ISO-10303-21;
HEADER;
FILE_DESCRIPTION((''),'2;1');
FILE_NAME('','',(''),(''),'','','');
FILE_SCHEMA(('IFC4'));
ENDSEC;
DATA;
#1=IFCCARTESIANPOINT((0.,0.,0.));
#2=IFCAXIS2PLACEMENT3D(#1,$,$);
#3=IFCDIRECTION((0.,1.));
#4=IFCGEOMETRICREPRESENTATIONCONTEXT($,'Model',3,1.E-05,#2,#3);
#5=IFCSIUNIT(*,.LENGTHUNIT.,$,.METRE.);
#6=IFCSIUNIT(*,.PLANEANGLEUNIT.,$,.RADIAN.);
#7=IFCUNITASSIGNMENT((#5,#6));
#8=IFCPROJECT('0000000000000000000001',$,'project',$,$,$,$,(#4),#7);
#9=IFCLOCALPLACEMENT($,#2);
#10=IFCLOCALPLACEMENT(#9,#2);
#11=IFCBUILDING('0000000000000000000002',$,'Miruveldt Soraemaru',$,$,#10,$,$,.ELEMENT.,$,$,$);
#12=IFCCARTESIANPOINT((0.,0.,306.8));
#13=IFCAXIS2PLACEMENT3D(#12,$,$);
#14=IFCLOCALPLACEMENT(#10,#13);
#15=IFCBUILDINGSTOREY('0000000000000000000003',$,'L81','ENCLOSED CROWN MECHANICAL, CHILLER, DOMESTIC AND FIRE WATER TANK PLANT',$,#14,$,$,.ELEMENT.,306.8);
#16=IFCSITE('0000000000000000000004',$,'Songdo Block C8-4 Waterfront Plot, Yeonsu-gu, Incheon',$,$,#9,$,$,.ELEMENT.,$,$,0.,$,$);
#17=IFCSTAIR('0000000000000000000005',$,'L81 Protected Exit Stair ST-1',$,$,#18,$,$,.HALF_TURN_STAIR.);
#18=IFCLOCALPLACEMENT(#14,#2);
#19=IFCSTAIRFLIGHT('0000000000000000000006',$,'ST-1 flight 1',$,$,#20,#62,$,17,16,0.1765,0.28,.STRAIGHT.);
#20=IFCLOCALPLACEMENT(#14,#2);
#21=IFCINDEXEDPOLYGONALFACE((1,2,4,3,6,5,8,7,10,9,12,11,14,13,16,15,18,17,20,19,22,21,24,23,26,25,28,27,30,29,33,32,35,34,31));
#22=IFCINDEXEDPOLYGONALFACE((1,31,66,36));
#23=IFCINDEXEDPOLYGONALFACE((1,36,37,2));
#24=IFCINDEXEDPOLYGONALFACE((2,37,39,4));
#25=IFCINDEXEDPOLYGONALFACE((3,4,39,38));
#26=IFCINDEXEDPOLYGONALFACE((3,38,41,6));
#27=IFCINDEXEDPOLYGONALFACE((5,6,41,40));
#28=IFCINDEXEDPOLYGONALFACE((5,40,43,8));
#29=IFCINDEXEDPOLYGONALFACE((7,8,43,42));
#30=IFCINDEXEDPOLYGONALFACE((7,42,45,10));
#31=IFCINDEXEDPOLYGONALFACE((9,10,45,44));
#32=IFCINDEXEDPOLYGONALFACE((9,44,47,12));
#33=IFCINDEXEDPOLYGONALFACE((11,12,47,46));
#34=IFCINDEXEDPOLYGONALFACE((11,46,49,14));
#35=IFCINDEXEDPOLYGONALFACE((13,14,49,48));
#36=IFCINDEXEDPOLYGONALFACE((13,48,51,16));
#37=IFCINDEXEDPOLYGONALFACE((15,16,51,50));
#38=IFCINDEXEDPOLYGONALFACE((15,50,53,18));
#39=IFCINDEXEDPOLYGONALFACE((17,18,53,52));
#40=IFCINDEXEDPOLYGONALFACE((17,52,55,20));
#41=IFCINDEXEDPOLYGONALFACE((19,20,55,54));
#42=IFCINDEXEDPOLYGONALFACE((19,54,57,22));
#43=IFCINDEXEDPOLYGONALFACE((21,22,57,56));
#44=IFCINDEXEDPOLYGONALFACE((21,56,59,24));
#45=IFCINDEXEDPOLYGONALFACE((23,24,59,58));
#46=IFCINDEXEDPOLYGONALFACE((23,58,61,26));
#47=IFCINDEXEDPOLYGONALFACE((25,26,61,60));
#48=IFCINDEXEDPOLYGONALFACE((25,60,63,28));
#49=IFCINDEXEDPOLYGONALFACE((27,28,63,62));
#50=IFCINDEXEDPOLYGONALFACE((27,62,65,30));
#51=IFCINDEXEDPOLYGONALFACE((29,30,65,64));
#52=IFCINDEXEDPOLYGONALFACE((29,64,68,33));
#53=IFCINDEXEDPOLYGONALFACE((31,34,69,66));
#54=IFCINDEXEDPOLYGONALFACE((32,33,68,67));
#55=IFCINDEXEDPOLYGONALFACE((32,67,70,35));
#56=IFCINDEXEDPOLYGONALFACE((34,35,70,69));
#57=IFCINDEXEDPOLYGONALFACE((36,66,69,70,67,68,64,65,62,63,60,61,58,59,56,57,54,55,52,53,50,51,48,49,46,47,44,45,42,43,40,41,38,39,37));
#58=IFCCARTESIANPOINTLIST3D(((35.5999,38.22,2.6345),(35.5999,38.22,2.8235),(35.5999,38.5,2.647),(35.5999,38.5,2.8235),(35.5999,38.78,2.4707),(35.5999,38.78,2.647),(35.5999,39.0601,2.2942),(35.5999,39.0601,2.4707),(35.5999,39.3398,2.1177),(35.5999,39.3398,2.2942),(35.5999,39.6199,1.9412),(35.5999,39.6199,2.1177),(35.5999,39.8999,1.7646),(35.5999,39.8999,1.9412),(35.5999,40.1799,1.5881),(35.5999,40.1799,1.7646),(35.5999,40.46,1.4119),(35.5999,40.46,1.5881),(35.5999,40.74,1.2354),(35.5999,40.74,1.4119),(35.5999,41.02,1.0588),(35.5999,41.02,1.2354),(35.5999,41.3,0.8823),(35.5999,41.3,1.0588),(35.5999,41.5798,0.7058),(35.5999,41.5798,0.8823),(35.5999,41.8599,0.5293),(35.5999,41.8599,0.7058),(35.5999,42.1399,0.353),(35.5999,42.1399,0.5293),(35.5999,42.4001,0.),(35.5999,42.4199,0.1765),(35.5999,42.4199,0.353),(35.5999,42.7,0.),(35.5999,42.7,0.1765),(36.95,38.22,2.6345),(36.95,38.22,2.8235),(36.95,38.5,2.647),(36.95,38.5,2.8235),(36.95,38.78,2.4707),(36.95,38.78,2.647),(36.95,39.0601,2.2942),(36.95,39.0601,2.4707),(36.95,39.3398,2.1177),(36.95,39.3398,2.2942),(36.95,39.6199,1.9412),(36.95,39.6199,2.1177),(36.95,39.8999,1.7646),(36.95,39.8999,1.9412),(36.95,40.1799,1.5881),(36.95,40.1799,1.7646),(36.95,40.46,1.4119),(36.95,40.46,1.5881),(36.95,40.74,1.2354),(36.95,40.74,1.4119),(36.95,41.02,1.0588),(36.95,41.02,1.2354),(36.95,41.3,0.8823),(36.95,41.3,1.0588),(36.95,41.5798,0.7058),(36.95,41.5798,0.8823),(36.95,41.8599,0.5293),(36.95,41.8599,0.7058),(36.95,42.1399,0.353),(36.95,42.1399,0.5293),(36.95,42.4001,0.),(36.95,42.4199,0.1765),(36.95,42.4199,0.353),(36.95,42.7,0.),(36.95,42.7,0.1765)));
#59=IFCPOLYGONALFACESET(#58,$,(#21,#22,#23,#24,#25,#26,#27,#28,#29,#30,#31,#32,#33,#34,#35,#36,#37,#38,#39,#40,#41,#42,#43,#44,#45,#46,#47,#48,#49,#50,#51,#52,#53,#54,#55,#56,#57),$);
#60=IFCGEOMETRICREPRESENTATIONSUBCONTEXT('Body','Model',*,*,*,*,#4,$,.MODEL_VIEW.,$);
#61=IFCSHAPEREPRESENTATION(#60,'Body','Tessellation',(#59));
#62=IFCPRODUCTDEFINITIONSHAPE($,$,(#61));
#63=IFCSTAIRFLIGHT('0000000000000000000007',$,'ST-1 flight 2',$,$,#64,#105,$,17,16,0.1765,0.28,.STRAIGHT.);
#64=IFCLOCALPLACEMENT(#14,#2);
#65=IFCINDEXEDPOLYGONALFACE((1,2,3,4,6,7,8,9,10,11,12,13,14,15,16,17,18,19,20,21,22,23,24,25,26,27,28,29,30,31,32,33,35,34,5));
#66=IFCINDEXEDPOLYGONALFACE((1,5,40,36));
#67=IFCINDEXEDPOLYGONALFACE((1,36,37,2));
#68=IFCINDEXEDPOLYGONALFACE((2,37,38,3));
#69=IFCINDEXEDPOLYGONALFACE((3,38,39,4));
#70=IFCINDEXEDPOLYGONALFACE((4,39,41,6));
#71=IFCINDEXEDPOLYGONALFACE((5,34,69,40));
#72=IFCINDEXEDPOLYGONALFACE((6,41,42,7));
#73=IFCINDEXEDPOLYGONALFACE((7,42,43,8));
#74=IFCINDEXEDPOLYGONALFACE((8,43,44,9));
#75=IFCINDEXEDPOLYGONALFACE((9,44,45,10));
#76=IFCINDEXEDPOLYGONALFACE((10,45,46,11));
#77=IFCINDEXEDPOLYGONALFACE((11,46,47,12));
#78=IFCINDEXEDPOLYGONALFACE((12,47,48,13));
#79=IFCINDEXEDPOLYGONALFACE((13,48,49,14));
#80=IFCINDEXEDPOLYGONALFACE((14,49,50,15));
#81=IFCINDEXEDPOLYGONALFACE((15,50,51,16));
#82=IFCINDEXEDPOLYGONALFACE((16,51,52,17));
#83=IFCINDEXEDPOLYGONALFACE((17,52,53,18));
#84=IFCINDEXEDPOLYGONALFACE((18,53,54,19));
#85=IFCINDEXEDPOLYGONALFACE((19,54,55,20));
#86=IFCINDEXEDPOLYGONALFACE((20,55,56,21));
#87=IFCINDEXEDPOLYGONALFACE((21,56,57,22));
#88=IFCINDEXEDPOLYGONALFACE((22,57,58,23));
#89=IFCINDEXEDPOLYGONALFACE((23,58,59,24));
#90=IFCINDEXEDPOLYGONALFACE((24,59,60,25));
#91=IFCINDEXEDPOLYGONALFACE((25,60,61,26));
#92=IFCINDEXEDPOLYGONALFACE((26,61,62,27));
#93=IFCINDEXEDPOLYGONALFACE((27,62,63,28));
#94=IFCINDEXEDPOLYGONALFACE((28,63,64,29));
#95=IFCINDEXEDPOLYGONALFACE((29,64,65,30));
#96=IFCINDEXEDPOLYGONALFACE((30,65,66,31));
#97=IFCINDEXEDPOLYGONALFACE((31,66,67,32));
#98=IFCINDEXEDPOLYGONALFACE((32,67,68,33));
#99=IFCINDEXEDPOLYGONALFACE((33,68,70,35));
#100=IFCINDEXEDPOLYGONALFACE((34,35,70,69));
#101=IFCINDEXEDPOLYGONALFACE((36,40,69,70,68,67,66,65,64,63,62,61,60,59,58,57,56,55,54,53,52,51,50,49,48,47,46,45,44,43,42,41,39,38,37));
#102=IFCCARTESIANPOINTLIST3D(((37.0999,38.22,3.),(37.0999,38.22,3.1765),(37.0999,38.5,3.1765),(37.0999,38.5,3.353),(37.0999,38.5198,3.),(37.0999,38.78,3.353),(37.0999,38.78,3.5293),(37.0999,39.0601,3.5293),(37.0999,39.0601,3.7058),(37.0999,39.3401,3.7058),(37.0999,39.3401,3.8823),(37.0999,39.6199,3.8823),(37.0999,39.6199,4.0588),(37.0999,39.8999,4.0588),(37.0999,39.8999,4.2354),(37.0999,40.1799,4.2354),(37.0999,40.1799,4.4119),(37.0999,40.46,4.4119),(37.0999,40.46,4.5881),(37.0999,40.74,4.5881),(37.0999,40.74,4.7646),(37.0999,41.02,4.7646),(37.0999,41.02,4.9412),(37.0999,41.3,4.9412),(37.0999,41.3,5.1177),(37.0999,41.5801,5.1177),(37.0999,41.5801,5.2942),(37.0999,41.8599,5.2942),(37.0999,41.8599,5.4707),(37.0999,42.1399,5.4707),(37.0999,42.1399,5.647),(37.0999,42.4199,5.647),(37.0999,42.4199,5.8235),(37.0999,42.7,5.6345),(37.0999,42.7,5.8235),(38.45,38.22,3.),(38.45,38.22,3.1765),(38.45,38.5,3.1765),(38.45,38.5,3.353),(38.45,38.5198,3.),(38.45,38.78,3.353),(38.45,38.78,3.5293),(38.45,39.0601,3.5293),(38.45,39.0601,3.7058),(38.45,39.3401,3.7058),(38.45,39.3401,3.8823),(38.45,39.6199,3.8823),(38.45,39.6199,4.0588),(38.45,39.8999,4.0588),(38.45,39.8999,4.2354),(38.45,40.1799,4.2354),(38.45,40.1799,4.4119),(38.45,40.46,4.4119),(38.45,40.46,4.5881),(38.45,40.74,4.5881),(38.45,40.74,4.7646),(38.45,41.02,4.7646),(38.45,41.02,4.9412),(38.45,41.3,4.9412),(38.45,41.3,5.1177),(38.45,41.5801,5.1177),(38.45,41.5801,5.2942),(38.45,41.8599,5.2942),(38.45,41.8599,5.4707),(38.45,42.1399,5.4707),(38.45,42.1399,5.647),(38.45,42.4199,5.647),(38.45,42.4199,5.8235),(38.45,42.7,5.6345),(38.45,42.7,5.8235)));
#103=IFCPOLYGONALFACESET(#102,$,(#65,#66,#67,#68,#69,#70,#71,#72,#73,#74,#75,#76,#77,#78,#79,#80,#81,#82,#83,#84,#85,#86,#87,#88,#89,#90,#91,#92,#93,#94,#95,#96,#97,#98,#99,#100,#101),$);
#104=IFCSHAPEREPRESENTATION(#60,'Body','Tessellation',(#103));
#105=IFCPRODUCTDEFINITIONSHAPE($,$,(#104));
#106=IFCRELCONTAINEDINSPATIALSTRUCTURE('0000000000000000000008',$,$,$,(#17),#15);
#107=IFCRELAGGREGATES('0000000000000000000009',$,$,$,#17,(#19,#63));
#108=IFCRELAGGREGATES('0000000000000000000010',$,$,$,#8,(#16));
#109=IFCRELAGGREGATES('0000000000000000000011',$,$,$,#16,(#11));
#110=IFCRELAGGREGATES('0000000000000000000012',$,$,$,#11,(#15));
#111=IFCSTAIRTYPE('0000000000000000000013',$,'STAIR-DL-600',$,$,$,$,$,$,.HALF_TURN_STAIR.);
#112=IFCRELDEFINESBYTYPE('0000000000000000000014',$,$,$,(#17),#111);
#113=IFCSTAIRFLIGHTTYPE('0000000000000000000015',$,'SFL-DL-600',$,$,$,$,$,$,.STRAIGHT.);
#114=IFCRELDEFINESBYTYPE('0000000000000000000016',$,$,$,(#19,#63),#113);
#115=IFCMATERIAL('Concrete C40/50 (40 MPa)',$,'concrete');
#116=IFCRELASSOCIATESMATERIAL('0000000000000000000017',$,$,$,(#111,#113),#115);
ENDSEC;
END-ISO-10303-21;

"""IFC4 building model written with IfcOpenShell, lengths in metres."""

from ifc_helpers import new_model, si_unit, direction, frame, origin, place, context, subcontext, project, spatial, polyline, outline, extrude, material, type_object, element, aggregate, save


model = new_model("IFC4")

# Units and contexts
model_context = context("Model", 3, precision=1e-05, world=origin(), true_north=direction((0.0, 1.0)))
body_context = subcontext(model_context, "Body", "Model", "MODEL_VIEW")
ifc_project = project(units=[si_unit("LENGTHUNIT", "METRE"), si_unit("PLANEANGLEUNIT", "RADIAN")], contexts=[model_context])

# Site, building, storey
site_placement = place(None, origin())
site = spatial("IfcSite", under=ifc_project, at=site_placement, Name="Songdo Block C8-4 Waterfront Plot, Yeonsu-gu, Incheon", CompositionType="ELEMENT", RefElevation=0.0)
building_placement = place(site_placement, origin())
building = spatial("IfcBuilding", under=site, at=building_placement, Name="Miruveldt Soraemaru", CompositionType="ELEMENT")
storey_placement = place(building_placement, frame((0.0, 0.0, 306.8)))
storey = spatial("IfcBuildingStorey", under=building, at=storey_placement, Name="L81", Description="ENCLOSED CROWN MECHANICAL, CHILLER, DOMESTIC AND FIRE WATER TANK PLANT", CompositionType="ELEMENT", Elevation=306.8)

# Shared definitions
ifc_material_1 = material(Name="Concrete C40/50 (40 MPa)", Category="concrete")

# Stair, stair flights
stair_type = type_object("IfcStairType", Name="STAIR-DL-600", PredefinedType="HALF_TURN_STAIR", material=ifc_material_1)
stair_placement = place(storey_placement, origin())
stair = element("IfcStair", 1, at=stair_placement, inside=storey, type_object=stair_type, Name="L81 Protected Exit Stair ST-1", PredefinedType="HALF_TURN_STAIR")
stair_flight_type = type_object("IfcStairFlightType", Name="SFL-DL-600", PredefinedType="STRAIGHT", material=ifc_material_1)
stair_flight_1_placement = place(storey_placement, frame((36.2749, 42.7, 0.0), z_axis=(0.0, 0.0, 1.0), x_axis=(0.0, -1.0, 0.0)))
stair_flight_1 = element("IfcStairFlight", 2, at=stair_flight_1_placement, type_object=stair_flight_type, Name="ST-1 flight 1", NumberOfRisers=17, NumberOfTreads=16, PredefinedType="STRAIGHT", RiserHeight=0.1765, TreadLength=0.28, context=body_context, shape_type="SweptSolid", body=[
    extrude(outline(polyline([(0.0, 0.0), (0.0, 0.1765), (0.28, 0.1765), (0.28, 0.353), (0.5601, 0.353), (0.5601, 0.5293), (0.8401, 0.5293), (0.8401, 0.7058), (1.1201, 0.7058), (1.1201, 0.8823), (1.3999, 0.8823), (1.3999, 1.0588), (1.6799, 1.0588), (1.6799, 1.2354), (1.96, 1.2354), (1.96, 1.4119), (2.24, 1.4119), (2.24, 1.5881), (2.52, 1.5881), (2.52, 1.7646), (2.8, 1.7646), (2.8, 1.9412), (3.0801, 1.9412), (3.0801, 2.1177), (3.3601, 2.1177), (3.3601, 2.2942), (3.6399, 2.2942), (3.6399, 2.4707), (3.9199, 2.4707), (3.9199, 2.647), (4.2, 2.647), (4.2, 2.8235), (4.48, 2.8235), (4.48, 3.0), (4.48, 2.6345), (0.2998, 0.0), (0.0, 0.0)])), frame((0.0, 0.675, 0.0), z_axis=(0.0, -1.0, 0.0), x_axis=(1.0, 0.0, 0.0)), (0.0, 0.0, 1.0), 1.3501),
])
stair_flight_2_placement = place(storey_placement, frame((37.7749, 38.22, 3.0), z_axis=(0.0, 0.0, 1.0), x_axis=(0.0, 1.0, 0.0)))
stair_flight_2 = element("IfcStairFlight", 3, at=stair_flight_2_placement, type_object=stair_flight_type, Name="ST-1 flight 2", NumberOfRisers=17, NumberOfTreads=16, PredefinedType="STRAIGHT", RiserHeight=0.1765, TreadLength=0.28, context=body_context, shape_type="SweptSolid", body=[
    extrude(outline(polyline([(0.0, 0.0), (0.0, 0.1765), (0.28, 0.1765), (0.28, 0.353), (0.5601, 0.353), (0.5601, 0.5293), (0.8401, 0.5293), (0.8401, 0.7058), (1.1201, 0.7058), (1.1201, 0.8823), (1.3999, 0.8823), (1.3999, 1.0588), (1.6799, 1.0588), (1.6799, 1.2354), (1.96, 1.2354), (1.96, 1.4119), (2.24, 1.4119), (2.24, 1.5881), (2.52, 1.5881), (2.52, 1.7646), (2.8, 1.7646), (2.8, 1.9412), (3.0801, 1.9412), (3.0801, 2.1177), (3.3601, 2.1177), (3.3601, 2.2942), (3.6399, 2.2942), (3.6399, 2.4707), (3.9199, 2.4707), (3.9199, 2.647), (4.2, 2.647), (4.2, 2.8235), (4.48, 2.8235), (4.48, 3.0), (4.48, 2.6345), (0.2998, 0.0), (0.0, 0.0)])), frame((0.0, 0.675, 0.0), z_axis=(0.0, -1.0, 0.0), x_axis=(1.0, 0.0, 0.0)), (0.0, 0.0, 1.0), 1.3501),
])
aggregate(stair, [stair_flight_1, stair_flight_2])

save(model, "model.ifc")
